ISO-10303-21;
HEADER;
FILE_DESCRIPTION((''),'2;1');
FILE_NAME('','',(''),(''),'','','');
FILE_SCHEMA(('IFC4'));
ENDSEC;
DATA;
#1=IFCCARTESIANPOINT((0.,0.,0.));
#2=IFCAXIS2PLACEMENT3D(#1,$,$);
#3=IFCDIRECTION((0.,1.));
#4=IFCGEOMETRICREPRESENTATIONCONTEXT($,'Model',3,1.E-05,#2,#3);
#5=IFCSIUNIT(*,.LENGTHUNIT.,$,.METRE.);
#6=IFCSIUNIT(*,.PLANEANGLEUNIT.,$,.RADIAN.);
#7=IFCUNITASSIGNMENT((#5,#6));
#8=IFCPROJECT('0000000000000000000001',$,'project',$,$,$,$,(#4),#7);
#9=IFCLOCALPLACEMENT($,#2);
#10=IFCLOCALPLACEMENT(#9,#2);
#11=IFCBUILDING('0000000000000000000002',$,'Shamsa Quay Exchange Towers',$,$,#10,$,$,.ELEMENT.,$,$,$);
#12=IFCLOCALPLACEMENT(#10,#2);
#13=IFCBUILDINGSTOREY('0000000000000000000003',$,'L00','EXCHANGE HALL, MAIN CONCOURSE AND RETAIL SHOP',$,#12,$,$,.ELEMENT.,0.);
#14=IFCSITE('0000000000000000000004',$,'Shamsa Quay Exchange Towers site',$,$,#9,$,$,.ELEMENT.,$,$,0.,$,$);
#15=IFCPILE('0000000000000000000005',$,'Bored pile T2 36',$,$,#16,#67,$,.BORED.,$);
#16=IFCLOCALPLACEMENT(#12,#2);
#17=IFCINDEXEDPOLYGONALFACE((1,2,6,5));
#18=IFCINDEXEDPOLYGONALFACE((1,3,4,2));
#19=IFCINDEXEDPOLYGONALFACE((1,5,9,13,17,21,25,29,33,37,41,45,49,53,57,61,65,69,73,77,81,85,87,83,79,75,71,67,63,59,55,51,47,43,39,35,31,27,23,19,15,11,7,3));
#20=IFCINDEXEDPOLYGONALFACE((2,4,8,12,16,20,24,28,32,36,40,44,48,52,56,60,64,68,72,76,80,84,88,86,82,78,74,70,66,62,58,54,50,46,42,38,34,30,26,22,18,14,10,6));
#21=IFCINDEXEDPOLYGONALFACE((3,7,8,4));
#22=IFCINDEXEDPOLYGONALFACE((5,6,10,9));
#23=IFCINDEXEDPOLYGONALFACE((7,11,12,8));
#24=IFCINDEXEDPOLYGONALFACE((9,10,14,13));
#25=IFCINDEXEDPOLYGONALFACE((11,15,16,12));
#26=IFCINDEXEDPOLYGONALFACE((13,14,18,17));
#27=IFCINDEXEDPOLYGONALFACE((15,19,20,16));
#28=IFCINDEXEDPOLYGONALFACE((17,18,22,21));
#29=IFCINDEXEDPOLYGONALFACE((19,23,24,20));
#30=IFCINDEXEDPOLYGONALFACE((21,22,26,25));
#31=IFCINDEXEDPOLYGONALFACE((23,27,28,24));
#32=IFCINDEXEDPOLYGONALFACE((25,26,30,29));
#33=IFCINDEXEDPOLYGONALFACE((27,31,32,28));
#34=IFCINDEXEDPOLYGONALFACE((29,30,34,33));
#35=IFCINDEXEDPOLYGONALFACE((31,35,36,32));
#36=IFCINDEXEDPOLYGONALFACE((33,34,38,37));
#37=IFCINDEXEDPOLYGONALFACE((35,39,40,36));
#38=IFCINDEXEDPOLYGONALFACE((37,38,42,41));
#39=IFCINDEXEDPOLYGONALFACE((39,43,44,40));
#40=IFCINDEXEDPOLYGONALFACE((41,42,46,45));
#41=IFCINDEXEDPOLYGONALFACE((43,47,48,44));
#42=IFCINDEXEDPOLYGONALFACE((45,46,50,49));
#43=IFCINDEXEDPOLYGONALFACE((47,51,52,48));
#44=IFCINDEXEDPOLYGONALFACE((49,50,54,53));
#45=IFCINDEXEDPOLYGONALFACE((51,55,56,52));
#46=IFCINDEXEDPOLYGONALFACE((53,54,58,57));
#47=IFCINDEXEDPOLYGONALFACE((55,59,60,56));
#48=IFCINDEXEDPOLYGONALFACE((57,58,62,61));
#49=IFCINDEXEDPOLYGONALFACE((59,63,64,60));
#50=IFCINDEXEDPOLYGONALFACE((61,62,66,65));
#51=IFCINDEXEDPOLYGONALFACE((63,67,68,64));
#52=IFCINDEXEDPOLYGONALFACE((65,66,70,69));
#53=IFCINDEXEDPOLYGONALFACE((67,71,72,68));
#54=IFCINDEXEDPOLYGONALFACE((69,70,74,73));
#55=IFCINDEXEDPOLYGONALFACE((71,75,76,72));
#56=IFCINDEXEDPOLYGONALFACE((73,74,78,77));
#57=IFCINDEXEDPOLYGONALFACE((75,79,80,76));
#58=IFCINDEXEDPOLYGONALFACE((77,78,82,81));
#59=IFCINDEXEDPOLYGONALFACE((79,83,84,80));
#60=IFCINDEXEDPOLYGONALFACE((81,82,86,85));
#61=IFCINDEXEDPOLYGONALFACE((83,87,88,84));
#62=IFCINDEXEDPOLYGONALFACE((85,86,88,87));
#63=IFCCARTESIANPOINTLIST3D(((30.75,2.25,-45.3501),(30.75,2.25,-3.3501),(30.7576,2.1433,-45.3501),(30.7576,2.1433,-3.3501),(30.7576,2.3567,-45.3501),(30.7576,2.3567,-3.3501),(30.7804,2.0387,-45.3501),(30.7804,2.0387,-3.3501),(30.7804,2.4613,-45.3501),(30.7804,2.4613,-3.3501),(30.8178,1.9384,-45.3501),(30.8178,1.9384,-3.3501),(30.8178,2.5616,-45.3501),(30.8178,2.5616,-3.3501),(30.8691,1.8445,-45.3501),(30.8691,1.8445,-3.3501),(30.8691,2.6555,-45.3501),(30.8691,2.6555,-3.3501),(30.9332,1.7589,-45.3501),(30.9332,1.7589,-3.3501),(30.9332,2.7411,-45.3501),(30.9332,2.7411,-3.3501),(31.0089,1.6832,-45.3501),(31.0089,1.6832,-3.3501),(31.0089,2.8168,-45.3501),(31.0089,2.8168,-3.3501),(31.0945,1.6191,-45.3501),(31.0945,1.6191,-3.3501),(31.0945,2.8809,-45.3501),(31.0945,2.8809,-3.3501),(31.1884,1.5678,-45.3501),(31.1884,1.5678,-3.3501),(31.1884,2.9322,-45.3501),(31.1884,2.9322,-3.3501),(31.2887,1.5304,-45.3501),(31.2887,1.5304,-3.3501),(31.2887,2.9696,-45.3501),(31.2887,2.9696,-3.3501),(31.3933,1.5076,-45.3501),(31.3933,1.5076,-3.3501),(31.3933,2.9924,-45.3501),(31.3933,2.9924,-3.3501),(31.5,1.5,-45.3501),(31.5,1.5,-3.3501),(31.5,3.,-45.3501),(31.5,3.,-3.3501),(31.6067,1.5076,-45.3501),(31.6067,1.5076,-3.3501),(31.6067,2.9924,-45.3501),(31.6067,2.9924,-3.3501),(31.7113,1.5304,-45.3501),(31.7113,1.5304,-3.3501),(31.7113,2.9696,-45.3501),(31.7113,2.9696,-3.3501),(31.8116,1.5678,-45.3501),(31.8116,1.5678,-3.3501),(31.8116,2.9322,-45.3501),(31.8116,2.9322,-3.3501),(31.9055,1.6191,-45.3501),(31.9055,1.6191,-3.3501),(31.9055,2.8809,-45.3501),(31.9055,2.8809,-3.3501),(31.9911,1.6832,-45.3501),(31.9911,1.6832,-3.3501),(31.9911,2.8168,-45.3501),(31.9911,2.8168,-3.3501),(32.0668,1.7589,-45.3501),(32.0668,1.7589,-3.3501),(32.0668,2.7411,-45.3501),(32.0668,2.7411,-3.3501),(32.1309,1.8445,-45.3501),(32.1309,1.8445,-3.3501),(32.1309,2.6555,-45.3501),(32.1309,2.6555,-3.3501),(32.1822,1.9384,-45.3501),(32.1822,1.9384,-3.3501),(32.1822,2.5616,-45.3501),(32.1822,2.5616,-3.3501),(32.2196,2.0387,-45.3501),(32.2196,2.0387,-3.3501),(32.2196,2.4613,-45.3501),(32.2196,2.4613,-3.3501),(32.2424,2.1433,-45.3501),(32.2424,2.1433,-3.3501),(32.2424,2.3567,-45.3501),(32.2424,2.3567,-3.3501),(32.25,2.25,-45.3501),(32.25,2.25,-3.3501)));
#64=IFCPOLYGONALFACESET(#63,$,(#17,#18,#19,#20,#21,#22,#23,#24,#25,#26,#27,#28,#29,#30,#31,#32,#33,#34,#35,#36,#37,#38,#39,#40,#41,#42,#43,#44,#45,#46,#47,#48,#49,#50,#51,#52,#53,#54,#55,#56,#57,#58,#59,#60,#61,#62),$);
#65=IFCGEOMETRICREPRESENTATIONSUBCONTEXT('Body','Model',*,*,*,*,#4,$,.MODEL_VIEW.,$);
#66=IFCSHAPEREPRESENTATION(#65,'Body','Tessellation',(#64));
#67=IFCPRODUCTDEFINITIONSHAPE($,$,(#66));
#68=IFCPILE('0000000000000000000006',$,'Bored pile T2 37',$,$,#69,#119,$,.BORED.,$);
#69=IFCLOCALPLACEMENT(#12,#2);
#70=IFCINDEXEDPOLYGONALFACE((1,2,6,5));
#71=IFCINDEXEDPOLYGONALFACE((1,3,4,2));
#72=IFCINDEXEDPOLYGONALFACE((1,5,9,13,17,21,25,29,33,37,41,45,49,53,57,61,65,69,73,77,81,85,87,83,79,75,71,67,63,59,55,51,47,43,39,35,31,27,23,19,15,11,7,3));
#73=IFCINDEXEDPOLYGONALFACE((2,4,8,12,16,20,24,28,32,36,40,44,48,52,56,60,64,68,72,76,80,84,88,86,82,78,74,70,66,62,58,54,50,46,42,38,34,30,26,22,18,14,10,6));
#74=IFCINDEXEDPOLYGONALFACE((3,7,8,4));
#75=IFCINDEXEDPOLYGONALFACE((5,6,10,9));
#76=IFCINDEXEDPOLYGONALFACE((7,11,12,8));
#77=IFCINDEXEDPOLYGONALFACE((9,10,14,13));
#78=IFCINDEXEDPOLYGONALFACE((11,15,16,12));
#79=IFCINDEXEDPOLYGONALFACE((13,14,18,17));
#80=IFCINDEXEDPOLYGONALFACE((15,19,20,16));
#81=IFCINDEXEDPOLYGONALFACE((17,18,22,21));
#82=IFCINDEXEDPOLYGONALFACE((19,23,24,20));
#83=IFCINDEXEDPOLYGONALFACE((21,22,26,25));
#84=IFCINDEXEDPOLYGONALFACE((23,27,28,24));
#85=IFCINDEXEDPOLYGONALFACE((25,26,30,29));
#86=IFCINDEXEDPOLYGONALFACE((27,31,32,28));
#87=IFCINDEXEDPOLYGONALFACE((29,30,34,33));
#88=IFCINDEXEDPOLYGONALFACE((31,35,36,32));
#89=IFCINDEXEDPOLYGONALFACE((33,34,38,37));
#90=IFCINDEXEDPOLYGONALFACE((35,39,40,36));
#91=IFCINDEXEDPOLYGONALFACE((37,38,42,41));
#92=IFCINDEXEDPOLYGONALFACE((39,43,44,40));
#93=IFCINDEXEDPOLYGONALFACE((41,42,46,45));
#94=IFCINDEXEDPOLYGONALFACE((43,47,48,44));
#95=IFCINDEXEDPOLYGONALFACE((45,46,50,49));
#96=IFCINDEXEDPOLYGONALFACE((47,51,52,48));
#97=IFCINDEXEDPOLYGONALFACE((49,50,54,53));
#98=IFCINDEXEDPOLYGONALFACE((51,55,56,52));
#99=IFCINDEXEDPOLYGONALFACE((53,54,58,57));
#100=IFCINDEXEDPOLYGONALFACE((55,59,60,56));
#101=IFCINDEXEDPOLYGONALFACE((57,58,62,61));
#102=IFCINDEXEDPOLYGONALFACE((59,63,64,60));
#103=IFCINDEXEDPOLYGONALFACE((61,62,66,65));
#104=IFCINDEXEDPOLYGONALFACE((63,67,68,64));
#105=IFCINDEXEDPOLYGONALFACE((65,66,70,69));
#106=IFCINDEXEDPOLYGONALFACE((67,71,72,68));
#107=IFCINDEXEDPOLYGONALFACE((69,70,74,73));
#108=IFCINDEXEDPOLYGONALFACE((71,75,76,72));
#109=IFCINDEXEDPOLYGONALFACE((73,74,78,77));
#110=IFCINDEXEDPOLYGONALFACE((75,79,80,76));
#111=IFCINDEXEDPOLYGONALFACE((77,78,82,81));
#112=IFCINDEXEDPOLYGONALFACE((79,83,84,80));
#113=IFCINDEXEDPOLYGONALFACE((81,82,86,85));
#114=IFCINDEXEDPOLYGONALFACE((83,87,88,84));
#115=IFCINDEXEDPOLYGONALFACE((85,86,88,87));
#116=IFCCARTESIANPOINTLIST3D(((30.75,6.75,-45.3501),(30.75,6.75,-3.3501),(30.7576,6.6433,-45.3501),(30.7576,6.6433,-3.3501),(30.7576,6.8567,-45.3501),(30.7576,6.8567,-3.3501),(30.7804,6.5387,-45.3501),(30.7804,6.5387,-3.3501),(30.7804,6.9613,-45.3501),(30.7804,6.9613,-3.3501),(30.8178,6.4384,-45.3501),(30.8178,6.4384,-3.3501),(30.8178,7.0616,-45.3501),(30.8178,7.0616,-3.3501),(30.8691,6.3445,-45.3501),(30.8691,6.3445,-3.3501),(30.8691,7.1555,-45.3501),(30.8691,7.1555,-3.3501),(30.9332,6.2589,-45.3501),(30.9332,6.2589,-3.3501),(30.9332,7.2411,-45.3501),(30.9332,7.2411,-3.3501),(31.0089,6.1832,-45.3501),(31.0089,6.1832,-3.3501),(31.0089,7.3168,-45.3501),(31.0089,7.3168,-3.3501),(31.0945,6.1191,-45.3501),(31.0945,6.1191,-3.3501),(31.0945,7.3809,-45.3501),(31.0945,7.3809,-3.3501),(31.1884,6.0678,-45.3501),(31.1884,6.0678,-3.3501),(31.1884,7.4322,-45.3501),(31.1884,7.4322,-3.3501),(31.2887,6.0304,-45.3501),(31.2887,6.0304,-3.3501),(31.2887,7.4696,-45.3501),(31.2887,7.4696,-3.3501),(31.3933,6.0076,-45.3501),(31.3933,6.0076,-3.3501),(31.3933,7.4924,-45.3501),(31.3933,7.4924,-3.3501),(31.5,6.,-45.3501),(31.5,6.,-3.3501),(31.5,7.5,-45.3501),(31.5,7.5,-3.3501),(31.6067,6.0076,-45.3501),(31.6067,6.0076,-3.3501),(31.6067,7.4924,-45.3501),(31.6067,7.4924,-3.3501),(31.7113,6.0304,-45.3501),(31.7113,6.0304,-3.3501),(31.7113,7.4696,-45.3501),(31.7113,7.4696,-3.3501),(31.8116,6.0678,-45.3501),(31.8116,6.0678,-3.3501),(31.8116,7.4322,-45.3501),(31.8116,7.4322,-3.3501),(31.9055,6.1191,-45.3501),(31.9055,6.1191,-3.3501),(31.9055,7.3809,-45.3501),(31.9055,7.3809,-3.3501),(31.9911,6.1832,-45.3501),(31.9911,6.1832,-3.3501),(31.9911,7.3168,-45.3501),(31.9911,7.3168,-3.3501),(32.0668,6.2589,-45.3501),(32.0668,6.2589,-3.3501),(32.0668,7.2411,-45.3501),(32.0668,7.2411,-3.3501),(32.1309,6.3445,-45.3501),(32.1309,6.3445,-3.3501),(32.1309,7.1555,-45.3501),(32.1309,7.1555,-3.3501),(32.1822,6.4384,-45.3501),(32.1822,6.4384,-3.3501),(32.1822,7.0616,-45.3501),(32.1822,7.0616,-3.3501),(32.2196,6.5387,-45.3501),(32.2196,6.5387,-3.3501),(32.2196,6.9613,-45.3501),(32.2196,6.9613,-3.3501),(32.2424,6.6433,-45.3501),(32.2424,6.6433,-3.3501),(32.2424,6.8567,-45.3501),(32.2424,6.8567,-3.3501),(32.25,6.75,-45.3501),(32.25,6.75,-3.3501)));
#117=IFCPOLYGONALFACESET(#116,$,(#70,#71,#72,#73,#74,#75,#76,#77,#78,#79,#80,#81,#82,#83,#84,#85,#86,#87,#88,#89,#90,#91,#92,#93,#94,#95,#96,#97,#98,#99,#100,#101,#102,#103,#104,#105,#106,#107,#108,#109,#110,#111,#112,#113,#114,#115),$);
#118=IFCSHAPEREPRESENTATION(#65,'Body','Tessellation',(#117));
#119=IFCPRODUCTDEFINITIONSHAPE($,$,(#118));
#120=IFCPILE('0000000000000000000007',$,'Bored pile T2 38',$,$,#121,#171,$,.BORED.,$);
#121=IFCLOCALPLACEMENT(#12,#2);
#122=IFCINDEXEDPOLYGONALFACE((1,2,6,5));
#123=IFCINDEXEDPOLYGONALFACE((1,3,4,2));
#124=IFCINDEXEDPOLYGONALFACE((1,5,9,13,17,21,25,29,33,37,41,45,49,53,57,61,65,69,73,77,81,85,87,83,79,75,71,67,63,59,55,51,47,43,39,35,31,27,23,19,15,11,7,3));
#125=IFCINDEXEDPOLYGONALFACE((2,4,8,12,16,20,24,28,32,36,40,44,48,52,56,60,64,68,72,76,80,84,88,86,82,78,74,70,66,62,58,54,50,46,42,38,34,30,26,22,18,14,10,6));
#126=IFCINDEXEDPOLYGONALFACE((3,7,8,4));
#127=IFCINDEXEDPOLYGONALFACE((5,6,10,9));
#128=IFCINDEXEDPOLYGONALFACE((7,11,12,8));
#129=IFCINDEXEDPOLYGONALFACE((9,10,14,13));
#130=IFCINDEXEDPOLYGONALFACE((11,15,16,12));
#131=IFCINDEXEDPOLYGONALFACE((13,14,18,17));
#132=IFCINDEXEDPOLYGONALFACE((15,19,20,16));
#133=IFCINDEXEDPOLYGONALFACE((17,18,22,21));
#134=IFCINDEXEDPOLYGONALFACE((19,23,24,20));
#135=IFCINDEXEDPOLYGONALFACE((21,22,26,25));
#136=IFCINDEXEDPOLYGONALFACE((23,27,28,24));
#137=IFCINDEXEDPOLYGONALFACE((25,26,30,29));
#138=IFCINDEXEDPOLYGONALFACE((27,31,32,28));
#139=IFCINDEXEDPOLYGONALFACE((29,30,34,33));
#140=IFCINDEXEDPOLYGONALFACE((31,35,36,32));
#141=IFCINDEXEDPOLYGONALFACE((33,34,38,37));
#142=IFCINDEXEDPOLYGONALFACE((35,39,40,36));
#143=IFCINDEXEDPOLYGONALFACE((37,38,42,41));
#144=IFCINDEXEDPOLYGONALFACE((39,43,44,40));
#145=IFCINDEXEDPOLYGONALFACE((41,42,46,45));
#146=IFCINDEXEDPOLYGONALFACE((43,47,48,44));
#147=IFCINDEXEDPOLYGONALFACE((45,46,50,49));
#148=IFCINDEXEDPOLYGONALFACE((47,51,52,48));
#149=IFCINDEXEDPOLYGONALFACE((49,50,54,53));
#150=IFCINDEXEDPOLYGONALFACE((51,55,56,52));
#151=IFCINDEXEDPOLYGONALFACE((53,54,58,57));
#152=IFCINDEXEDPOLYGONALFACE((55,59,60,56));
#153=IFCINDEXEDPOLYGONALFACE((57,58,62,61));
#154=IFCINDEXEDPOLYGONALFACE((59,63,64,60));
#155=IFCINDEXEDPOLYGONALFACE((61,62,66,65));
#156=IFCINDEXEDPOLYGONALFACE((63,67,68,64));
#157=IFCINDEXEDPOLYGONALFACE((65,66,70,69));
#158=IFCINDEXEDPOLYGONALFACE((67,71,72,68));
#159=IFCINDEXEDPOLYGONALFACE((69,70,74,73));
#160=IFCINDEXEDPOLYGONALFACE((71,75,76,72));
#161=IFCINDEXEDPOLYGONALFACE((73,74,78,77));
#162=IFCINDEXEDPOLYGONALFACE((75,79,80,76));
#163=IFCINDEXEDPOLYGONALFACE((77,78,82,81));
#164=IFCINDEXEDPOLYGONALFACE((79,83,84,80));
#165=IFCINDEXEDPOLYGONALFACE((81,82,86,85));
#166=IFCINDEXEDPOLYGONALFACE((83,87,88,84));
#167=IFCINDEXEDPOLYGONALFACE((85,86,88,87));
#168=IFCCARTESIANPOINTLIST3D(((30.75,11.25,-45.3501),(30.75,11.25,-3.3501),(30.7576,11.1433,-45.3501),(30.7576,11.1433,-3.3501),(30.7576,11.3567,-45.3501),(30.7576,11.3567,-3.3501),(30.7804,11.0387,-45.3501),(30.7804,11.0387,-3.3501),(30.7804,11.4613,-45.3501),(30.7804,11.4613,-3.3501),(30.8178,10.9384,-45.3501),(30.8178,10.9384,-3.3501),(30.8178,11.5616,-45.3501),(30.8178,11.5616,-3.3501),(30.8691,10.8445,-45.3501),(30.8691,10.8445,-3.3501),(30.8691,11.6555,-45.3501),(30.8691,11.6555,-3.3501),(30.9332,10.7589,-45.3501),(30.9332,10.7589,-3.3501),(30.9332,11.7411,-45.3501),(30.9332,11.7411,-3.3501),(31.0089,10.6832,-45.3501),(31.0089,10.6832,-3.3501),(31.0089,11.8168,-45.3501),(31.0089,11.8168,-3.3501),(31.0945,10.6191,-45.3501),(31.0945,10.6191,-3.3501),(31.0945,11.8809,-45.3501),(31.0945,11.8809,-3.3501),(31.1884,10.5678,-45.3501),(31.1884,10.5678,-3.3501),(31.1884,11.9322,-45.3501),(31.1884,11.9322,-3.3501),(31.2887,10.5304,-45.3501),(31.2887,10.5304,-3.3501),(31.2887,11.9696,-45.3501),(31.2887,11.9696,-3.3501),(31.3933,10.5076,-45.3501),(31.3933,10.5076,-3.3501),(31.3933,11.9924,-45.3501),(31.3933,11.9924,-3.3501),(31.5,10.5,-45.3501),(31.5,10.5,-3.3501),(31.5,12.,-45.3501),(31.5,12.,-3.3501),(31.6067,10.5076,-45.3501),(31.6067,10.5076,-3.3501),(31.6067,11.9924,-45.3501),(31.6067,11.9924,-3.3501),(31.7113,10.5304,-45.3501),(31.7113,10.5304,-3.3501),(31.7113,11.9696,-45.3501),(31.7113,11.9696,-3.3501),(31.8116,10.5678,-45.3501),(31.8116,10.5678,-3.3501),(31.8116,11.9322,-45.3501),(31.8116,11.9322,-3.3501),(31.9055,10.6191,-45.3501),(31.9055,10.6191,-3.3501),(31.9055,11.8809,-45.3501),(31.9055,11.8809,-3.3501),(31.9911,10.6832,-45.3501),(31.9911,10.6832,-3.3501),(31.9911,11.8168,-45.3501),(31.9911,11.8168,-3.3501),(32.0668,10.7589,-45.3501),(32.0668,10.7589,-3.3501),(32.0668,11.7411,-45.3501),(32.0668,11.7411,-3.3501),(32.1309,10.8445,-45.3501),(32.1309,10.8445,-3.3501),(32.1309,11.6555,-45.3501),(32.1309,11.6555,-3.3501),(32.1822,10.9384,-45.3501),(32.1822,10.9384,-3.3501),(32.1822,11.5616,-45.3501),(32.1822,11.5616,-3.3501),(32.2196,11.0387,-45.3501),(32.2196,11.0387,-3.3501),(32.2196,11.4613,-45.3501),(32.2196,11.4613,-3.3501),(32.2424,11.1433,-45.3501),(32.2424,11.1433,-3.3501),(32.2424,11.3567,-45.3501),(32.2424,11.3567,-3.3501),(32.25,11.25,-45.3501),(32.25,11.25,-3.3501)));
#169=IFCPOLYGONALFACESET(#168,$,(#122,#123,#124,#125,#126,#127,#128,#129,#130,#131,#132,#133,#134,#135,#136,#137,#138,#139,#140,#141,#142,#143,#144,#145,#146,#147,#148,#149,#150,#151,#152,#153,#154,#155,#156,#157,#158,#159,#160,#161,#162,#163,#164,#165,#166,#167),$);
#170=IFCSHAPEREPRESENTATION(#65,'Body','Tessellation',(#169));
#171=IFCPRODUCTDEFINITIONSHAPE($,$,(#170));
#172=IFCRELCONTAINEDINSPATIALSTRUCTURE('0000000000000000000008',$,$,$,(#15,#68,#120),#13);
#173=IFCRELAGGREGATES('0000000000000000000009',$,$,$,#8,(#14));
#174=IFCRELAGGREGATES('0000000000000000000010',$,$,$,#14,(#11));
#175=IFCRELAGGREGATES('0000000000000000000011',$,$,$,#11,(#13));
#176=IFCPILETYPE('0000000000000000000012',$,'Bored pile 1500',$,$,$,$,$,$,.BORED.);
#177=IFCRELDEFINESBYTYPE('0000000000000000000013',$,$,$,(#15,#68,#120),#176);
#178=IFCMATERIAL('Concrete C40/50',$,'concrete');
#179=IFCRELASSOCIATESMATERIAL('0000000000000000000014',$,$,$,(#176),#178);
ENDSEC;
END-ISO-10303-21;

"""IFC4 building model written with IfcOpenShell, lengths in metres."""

from ifc_helpers import new_model, si_unit, direction, frame, origin, origin_2d, place, context, subcontext, project, spatial, circle, extrude, material, material_profile, profile_set, type_object, element, save


model = new_model("IFC4")

# Units and contexts
model_context = context("Model", 3, precision=1e-05, world=origin(), true_north=direction((0.0, 1.0)))
body_context = subcontext(model_context, "Body", "Model", "MODEL_VIEW")
ifc_project = project(units=[si_unit("LENGTHUNIT", "METRE"), si_unit("PLANEANGLEUNIT", "RADIAN")], contexts=[model_context])

# Site, building, storey
site_placement = place(None, origin())
site = spatial("IfcSite", under=ifc_project, at=site_placement, Name="Shamsa Quay Exchange Towers site", CompositionType="ELEMENT", RefElevation=0.0)
building_placement = place(site_placement, origin())
building = spatial("IfcBuilding", under=site, at=building_placement, Name="Shamsa Quay Exchange Towers", CompositionType="ELEMENT")
storey_placement = place(building_placement, origin())
storey = spatial("IfcBuildingStorey", under=building, at=storey_placement, Name="L00", Description="EXCHANGE HALL, MAIN CONCOURSE AND RETAIL SHOP", CompositionType="ELEMENT", Elevation=0.0)

# Piles
ifc_material_1 = material(Name="Concrete C40/50", Category="concrete")
ifc_material_profile_1 = material_profile(ifc_material_1, circle(Radius=0.75, at=origin_2d()), Name="BP1500")
ifc_profile_set_1 = profile_set([ifc_material_profile_1], Name="Concrete C40/50")
pile_type_1 = type_object("IfcPileType", Name="Bored pile 1500", PredefinedType="BORED", material=ifc_profile_set_1)
for number, where, z_axis, x_axis, name in (
    (1, (31.5, 2.25, -3.3501), (0.0, 0.0, -1.0), (1.0, 0.0, 0.0), "Bored pile T2 36"),
    (2, (31.5, 6.75, -3.3501), (0.0, 0.0, -1.0), (1.0, 0.0, 0.0), "Bored pile T2 37"),
    (3, (31.5, 11.25, -3.3501), (0.0, 0.0, -1.0), (1.0, 0.0, 0.0), "Bored pile T2 38"),
):
    element("IfcPile", number, at=place(storey_placement, frame(where, z_axis=z_axis, x_axis=x_axis)), inside=storey, type_object=pile_type_1, Name=name, PredefinedType="BORED", context=body_context, shape_type="SweptSolid", body=[
        extrude(circle(Radius=0.75, at=origin_2d()), origin(), (0.0, 0.0, 1.0), 42.0),
    ])

save(model, "model.ifc")
